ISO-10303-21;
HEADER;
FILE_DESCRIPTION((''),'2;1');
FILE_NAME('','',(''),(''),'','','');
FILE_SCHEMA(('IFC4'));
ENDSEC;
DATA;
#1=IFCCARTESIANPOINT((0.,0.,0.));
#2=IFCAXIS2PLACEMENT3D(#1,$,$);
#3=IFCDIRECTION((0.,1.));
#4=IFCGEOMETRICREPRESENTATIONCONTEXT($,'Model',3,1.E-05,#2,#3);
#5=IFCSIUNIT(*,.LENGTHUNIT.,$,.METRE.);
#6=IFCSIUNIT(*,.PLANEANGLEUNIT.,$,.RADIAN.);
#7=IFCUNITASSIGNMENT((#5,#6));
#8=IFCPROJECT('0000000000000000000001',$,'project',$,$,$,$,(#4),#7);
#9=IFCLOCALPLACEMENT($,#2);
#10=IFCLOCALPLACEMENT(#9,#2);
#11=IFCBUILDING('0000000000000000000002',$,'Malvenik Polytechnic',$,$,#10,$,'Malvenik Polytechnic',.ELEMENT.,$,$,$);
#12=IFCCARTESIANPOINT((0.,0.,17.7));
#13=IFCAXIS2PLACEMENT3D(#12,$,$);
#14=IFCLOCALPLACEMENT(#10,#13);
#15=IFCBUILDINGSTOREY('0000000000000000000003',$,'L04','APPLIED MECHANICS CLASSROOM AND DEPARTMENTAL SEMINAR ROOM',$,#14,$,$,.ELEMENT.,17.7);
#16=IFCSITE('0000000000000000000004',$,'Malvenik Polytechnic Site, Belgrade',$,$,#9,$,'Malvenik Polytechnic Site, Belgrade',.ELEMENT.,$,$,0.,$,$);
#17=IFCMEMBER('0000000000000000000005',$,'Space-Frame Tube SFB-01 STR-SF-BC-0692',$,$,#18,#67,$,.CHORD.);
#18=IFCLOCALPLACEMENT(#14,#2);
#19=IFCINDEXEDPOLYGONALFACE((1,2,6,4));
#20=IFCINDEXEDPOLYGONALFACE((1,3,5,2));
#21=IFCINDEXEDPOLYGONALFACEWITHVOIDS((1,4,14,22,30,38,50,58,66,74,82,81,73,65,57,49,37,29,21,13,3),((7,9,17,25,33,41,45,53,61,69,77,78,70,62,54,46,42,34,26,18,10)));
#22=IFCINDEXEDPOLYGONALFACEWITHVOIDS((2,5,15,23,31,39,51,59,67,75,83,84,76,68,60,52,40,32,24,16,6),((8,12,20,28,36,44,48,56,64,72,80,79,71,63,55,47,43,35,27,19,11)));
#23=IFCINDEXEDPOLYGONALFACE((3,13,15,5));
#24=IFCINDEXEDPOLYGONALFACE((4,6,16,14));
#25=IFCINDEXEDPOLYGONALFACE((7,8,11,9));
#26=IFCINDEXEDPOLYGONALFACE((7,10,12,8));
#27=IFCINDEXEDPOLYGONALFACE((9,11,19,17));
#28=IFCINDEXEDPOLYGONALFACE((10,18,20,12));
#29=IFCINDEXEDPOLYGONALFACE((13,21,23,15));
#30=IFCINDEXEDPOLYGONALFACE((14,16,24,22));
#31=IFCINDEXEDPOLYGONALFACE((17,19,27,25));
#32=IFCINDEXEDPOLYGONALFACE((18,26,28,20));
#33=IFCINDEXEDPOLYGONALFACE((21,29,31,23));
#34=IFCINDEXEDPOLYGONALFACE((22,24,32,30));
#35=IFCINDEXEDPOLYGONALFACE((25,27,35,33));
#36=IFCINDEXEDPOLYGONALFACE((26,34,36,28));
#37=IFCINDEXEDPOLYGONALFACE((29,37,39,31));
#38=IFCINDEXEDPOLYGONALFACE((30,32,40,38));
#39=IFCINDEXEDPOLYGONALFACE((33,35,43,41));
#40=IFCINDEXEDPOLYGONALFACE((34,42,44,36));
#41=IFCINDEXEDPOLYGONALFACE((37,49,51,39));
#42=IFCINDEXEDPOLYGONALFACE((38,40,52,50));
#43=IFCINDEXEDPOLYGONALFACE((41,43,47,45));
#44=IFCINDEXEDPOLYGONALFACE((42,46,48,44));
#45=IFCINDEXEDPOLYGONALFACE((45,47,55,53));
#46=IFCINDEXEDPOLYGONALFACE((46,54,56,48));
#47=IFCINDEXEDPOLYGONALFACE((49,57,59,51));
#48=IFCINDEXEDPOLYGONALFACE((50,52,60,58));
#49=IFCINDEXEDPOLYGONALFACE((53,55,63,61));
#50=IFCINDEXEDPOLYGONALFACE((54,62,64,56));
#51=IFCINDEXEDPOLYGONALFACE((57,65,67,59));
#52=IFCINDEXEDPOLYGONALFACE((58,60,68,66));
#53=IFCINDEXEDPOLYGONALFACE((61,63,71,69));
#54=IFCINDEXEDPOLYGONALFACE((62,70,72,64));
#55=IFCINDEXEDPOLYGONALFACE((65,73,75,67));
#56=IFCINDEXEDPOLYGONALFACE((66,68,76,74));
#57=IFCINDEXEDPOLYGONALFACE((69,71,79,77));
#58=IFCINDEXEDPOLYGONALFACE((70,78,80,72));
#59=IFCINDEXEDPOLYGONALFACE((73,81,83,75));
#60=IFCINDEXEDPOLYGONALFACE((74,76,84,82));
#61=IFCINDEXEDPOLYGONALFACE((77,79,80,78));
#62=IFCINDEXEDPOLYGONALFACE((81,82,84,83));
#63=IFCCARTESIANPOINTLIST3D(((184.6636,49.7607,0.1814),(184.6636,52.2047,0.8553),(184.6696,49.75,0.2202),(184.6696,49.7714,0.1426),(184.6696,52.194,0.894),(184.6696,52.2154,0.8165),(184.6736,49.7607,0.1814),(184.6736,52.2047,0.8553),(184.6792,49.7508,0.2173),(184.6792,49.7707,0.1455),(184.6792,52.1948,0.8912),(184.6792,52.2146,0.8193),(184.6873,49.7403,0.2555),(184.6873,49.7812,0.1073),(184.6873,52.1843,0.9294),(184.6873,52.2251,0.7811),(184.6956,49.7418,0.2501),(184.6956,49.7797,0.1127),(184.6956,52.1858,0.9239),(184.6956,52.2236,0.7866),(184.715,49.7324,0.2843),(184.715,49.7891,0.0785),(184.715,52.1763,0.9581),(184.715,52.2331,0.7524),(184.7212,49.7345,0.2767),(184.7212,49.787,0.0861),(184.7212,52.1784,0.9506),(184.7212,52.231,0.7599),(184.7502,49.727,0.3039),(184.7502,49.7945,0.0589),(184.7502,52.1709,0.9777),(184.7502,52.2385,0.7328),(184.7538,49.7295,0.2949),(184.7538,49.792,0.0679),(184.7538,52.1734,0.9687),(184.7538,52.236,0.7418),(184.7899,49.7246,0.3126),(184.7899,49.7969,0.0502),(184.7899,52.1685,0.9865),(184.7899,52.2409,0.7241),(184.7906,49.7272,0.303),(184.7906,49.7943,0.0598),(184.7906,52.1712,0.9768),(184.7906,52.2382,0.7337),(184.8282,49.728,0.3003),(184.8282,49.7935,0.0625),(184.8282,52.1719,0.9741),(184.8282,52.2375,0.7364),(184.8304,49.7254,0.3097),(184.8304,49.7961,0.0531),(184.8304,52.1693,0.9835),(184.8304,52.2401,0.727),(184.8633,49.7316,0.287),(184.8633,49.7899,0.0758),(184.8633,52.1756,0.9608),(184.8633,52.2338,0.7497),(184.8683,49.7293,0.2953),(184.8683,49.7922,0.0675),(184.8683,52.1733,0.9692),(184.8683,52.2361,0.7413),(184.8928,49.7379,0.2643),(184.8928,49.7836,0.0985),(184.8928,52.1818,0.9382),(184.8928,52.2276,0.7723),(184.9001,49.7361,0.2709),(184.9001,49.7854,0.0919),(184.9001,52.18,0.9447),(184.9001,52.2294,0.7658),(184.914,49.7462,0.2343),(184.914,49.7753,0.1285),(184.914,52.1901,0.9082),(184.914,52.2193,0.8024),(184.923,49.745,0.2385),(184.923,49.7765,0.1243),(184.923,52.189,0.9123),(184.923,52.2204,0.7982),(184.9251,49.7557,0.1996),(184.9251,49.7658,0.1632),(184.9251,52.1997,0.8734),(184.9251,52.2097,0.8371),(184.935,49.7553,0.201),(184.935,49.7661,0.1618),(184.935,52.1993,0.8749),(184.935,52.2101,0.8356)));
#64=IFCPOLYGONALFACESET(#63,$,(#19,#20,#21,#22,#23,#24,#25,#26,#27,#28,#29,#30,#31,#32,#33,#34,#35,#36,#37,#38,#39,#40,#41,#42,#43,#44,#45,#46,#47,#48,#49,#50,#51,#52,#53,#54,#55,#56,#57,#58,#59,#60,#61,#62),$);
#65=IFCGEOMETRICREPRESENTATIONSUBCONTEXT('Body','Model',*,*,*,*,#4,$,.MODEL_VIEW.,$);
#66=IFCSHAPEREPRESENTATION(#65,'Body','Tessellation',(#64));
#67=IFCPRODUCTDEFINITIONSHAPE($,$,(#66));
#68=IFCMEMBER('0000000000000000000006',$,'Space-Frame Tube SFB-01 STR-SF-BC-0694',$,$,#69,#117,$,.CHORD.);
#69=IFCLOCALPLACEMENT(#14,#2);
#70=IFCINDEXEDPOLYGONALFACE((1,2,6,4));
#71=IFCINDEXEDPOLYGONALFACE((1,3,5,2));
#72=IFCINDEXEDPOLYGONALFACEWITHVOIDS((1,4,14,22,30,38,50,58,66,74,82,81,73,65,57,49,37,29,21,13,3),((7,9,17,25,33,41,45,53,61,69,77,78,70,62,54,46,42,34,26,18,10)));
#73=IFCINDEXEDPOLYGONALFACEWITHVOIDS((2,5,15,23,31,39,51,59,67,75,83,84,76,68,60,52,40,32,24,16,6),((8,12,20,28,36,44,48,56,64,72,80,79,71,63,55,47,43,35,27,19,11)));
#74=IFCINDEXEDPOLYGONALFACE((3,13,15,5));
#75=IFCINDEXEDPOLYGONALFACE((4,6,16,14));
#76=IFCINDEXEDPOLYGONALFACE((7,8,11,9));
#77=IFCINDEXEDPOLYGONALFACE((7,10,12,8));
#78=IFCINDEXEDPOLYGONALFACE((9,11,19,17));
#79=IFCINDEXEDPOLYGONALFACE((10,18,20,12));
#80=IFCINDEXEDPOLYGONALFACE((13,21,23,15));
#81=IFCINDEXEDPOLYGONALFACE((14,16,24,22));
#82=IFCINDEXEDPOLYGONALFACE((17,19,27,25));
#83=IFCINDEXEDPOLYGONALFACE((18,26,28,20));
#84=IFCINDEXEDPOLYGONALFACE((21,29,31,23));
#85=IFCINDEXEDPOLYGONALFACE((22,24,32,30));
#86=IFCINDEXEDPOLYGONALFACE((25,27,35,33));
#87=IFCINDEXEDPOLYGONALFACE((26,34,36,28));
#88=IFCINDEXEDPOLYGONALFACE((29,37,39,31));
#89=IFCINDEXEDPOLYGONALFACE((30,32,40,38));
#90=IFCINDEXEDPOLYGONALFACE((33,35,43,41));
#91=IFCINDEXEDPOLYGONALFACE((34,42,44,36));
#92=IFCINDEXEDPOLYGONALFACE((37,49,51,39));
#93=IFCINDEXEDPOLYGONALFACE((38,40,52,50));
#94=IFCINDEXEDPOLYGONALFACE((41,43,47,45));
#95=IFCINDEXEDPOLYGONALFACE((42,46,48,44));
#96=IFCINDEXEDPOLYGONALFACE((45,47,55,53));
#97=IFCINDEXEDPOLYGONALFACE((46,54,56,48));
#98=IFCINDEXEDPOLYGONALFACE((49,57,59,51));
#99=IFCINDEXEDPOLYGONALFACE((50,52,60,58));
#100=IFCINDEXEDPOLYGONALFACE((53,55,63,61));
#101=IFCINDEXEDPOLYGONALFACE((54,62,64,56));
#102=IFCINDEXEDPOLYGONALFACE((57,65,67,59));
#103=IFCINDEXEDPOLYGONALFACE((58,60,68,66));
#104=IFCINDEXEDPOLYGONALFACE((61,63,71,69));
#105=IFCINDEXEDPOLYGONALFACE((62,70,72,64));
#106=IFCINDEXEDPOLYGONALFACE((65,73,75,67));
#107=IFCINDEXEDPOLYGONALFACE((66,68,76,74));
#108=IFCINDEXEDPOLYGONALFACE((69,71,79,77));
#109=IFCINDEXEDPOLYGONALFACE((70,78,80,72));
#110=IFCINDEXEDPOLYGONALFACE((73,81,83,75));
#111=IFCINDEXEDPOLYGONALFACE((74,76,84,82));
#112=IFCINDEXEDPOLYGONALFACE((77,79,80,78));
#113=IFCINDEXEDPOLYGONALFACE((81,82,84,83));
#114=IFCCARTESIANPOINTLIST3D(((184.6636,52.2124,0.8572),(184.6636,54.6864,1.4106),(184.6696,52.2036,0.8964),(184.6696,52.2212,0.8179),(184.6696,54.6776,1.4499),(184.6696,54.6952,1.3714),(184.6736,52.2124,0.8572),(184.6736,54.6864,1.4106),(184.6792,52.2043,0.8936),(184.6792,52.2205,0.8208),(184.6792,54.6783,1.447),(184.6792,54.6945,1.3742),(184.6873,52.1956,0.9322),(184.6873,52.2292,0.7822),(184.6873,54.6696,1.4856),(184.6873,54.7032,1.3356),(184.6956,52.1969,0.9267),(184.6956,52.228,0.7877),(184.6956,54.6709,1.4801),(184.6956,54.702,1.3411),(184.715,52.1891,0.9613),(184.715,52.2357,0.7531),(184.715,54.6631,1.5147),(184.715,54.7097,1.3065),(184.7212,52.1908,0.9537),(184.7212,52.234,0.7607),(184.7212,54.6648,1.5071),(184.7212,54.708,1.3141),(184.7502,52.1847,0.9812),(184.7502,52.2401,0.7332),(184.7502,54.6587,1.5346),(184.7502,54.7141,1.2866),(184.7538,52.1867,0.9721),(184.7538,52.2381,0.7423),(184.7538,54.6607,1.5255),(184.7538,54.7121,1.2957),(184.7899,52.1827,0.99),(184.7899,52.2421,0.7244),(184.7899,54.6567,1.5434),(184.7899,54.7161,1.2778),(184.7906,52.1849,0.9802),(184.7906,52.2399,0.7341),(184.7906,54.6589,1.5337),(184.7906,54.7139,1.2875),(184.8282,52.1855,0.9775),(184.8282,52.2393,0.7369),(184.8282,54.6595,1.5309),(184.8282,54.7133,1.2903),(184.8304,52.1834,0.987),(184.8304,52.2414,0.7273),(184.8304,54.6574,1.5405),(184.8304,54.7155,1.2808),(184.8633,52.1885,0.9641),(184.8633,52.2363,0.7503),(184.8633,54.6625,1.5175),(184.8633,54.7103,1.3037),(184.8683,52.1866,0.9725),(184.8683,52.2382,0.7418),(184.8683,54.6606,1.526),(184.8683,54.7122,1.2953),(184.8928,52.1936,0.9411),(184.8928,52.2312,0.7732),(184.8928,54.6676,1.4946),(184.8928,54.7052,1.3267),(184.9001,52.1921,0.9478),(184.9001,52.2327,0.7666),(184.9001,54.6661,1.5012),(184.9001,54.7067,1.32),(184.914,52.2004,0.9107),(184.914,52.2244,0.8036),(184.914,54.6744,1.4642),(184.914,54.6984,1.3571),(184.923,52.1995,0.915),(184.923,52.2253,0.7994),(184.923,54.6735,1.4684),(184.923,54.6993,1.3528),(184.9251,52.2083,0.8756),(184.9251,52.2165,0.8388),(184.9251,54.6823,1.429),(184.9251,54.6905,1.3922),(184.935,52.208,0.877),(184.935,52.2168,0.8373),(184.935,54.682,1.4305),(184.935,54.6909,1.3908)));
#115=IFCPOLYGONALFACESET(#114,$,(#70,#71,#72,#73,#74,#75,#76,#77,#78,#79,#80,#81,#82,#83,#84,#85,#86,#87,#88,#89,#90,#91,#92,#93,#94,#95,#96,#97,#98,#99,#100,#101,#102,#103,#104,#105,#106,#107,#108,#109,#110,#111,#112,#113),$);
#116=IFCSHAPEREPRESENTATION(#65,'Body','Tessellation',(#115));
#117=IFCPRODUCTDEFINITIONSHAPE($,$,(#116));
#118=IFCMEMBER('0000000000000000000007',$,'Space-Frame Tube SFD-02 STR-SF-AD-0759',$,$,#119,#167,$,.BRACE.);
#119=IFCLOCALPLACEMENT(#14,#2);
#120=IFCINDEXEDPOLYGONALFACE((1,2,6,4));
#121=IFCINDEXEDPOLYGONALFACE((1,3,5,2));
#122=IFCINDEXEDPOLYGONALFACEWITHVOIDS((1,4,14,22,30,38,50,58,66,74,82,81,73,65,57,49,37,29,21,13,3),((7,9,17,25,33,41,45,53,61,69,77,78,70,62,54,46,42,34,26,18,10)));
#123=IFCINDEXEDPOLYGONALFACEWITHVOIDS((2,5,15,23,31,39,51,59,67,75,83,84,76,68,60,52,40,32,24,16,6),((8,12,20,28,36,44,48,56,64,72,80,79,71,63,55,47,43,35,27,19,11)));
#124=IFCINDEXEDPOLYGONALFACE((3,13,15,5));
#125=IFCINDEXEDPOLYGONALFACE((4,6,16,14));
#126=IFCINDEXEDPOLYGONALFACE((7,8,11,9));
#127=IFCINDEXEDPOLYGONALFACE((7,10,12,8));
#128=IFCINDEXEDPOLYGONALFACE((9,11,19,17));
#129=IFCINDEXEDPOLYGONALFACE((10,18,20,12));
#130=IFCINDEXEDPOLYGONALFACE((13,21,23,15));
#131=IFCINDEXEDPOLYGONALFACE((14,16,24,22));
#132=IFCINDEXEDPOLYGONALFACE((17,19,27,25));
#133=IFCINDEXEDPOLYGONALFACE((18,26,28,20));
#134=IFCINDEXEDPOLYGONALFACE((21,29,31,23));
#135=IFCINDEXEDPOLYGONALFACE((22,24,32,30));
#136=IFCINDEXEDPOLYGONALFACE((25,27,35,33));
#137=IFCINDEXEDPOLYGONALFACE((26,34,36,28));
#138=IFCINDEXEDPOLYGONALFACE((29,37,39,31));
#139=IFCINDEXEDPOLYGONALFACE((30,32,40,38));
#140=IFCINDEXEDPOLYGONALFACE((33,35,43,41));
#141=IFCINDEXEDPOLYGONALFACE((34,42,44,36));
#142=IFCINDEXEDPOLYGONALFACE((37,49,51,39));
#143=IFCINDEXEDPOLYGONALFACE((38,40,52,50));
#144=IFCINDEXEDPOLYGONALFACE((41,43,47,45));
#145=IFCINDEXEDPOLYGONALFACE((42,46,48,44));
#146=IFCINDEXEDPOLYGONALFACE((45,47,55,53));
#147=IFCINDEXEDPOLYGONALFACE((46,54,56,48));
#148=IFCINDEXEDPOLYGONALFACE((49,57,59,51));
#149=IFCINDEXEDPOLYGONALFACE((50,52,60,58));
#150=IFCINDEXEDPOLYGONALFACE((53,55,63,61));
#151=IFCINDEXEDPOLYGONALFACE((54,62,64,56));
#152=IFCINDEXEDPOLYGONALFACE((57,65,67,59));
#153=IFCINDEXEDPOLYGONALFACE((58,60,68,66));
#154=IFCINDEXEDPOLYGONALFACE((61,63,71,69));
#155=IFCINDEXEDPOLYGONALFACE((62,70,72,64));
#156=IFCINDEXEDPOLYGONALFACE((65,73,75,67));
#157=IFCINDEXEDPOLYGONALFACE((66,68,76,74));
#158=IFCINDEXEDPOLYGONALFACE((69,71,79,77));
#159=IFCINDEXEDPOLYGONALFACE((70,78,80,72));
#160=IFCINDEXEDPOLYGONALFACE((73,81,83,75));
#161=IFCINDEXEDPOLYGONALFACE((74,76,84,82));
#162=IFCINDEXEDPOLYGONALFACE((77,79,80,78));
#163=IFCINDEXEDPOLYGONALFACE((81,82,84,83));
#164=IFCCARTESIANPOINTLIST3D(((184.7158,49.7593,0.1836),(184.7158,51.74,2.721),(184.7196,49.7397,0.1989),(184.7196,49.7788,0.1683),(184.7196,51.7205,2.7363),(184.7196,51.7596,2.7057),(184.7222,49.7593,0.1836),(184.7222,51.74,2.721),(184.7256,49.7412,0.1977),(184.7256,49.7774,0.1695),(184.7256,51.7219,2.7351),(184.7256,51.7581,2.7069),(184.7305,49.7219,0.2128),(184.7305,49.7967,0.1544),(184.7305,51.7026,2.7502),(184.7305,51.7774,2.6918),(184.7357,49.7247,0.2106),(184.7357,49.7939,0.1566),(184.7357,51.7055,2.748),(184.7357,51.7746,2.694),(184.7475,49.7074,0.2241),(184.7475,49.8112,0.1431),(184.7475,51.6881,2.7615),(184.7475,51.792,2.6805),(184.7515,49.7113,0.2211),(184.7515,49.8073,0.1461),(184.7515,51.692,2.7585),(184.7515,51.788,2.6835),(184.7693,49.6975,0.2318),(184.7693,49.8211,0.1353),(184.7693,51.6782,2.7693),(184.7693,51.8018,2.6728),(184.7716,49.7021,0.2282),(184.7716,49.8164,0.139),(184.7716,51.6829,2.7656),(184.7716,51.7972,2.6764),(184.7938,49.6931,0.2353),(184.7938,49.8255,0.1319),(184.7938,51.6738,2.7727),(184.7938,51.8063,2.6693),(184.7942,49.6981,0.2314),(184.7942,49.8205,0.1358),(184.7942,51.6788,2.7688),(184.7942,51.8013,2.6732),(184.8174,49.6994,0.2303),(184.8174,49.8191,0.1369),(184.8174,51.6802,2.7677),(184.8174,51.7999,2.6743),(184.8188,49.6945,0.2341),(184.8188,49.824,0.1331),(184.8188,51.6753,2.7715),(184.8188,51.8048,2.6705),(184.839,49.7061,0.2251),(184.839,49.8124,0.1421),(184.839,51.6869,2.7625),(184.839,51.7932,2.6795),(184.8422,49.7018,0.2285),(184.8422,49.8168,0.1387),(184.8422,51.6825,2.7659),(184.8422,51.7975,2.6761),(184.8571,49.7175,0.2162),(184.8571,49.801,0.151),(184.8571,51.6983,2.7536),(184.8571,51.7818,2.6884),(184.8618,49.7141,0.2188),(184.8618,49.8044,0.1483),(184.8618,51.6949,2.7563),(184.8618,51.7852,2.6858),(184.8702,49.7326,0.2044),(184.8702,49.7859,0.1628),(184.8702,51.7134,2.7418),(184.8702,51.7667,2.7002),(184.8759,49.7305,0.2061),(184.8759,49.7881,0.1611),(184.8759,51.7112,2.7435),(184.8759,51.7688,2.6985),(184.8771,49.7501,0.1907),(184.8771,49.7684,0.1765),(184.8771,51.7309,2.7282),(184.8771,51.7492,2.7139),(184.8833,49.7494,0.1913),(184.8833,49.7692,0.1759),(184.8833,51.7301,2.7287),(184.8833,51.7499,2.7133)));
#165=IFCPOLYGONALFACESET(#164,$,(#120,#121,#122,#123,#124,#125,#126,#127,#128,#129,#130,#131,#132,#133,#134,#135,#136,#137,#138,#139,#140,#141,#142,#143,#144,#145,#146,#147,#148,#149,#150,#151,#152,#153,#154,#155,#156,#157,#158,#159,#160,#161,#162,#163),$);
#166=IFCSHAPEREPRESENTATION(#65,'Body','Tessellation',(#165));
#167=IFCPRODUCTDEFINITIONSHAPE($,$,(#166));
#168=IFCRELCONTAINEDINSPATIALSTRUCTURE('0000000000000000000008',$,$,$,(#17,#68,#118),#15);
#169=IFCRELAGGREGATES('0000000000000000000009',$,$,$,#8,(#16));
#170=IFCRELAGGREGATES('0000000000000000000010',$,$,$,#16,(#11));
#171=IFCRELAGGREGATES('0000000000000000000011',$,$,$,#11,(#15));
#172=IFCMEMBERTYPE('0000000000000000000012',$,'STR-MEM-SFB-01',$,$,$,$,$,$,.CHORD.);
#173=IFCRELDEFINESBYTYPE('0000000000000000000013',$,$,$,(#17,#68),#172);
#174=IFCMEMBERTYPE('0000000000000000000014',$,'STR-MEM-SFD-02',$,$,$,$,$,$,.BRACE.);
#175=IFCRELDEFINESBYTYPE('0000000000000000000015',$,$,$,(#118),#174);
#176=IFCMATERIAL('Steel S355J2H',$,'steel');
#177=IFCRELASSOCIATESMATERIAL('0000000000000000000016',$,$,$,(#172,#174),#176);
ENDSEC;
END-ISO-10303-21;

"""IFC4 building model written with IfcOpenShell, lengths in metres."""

from ifc_helpers import new_model, si_unit, direction, frame, origin, origin_2d, place, context, subcontext, project, spatial, hollow_circle, extrude, material, material_profile, profile_set, type_object, element, save


model = new_model("IFC4")

# Units and contexts
model_context = context("Model", 3, precision=1e-05, world=origin(), true_north=direction((0.0, 1.0)))
body_context = subcontext(model_context, "Body", "Model", "MODEL_VIEW")
ifc_project = project(units=[si_unit("LENGTHUNIT", "METRE"), si_unit("PLANEANGLEUNIT", "RADIAN")], contexts=[model_context])

# Site, building, storey
site_placement = place(None, origin())
site = spatial("IfcSite", under=ifc_project, at=site_placement, Name="Malvenik Polytechnic Site, Belgrade", LongName="Malvenik Polytechnic Site, Belgrade", CompositionType="ELEMENT", RefElevation=0.0)
building_placement = place(site_placement, origin())
building = spatial("IfcBuilding", under=site, at=building_placement, Name="Malvenik Polytechnic", LongName="Malvenik Polytechnic", CompositionType="ELEMENT")
storey_placement = place(building_placement, frame((0.0, 0.0, 17.7)))
storey = spatial("IfcBuildingStorey", under=building, at=storey_placement, Name="L04", Description="APPLIED MECHANICS CLASSROOM AND DEPARTMENTAL SEMINAR ROOM", CompositionType="ELEMENT", Elevation=17.7)

# Members
ifc_material = material(Name="Steel S355J2H", Category="steel")
ifc_material_profile_1 = material_profile(ifc_material, hollow_circle(Radius=0.1365, WallThickness=0.01, at=origin_2d()), Name="CHS 273.0x10.0")
ifc_profile_set_1 = profile_set([ifc_material_profile_1], Name="Steel S355J2H")
member_type_1 = type_object("IfcMemberType", Name="STR-MEM-SFB-01", PredefinedType="CHORD", material=ifc_profile_set_1)
for number, where, z_axis, x_axis, name in (
    (1, (184.8, 49.7607, 0.1814), (0.0, 0.964027, 0.265806), (-1.0, 0.0, 0.0), "Space-Frame Tube SFB-01 STR-SF-BC-0692"),
    (2, (184.8, 52.2124, 0.8572), (0.0, 0.97588, 0.218307), (-1.0, 0.0, 0.0), "Space-Frame Tube SFB-01 STR-SF-BC-0694"),
):
    element("IfcMember", number, at=place(storey_placement, frame(where, z_axis=z_axis, x_axis=x_axis)), inside=storey, type_object=member_type_1, Name=name, PredefinedType="CHORD", context=body_context, shape_type="SweptSolid", body=[
        extrude(hollow_circle(Radius=0.1365, WallThickness=0.01, at=origin_2d()), origin(), (0.0, 0.0, 1.0), 2.5352),
    ])
ifc_material_profile_2 = material_profile(ifc_material, hollow_circle(Radius=0.0842, WallThickness=0.0063, at=origin_2d()), Name="CHS 168.3x6.3")
ifc_profile_set_2 = profile_set([ifc_material_profile_2], Name="Steel S355J2H")
member_type_2 = type_object("IfcMemberType", Name="STR-MEM-SFD-02", PredefinedType="BRACE", material=ifc_profile_set_2)
member_1_placement = place(storey_placement, frame((184.8, 49.7593, 0.1836), z_axis=(0.0, 0.615336, 0.788265), x_axis=(-1.0, 0.0, 0.0)))
element("IfcMember", 3, at=member_1_placement, inside=storey, type_object=member_type_2, Name="Space-Frame Tube SFD-02 STR-SF-AD-0759", PredefinedType="BRACE", context=body_context, shape_type="SweptSolid", body=[
    extrude(hollow_circle(Radius=0.0842, WallThickness=0.0063, at=origin_2d()), origin(), (0.0, 0.0, 1.0), 3.219),
])

save(model, "model.ifc")
